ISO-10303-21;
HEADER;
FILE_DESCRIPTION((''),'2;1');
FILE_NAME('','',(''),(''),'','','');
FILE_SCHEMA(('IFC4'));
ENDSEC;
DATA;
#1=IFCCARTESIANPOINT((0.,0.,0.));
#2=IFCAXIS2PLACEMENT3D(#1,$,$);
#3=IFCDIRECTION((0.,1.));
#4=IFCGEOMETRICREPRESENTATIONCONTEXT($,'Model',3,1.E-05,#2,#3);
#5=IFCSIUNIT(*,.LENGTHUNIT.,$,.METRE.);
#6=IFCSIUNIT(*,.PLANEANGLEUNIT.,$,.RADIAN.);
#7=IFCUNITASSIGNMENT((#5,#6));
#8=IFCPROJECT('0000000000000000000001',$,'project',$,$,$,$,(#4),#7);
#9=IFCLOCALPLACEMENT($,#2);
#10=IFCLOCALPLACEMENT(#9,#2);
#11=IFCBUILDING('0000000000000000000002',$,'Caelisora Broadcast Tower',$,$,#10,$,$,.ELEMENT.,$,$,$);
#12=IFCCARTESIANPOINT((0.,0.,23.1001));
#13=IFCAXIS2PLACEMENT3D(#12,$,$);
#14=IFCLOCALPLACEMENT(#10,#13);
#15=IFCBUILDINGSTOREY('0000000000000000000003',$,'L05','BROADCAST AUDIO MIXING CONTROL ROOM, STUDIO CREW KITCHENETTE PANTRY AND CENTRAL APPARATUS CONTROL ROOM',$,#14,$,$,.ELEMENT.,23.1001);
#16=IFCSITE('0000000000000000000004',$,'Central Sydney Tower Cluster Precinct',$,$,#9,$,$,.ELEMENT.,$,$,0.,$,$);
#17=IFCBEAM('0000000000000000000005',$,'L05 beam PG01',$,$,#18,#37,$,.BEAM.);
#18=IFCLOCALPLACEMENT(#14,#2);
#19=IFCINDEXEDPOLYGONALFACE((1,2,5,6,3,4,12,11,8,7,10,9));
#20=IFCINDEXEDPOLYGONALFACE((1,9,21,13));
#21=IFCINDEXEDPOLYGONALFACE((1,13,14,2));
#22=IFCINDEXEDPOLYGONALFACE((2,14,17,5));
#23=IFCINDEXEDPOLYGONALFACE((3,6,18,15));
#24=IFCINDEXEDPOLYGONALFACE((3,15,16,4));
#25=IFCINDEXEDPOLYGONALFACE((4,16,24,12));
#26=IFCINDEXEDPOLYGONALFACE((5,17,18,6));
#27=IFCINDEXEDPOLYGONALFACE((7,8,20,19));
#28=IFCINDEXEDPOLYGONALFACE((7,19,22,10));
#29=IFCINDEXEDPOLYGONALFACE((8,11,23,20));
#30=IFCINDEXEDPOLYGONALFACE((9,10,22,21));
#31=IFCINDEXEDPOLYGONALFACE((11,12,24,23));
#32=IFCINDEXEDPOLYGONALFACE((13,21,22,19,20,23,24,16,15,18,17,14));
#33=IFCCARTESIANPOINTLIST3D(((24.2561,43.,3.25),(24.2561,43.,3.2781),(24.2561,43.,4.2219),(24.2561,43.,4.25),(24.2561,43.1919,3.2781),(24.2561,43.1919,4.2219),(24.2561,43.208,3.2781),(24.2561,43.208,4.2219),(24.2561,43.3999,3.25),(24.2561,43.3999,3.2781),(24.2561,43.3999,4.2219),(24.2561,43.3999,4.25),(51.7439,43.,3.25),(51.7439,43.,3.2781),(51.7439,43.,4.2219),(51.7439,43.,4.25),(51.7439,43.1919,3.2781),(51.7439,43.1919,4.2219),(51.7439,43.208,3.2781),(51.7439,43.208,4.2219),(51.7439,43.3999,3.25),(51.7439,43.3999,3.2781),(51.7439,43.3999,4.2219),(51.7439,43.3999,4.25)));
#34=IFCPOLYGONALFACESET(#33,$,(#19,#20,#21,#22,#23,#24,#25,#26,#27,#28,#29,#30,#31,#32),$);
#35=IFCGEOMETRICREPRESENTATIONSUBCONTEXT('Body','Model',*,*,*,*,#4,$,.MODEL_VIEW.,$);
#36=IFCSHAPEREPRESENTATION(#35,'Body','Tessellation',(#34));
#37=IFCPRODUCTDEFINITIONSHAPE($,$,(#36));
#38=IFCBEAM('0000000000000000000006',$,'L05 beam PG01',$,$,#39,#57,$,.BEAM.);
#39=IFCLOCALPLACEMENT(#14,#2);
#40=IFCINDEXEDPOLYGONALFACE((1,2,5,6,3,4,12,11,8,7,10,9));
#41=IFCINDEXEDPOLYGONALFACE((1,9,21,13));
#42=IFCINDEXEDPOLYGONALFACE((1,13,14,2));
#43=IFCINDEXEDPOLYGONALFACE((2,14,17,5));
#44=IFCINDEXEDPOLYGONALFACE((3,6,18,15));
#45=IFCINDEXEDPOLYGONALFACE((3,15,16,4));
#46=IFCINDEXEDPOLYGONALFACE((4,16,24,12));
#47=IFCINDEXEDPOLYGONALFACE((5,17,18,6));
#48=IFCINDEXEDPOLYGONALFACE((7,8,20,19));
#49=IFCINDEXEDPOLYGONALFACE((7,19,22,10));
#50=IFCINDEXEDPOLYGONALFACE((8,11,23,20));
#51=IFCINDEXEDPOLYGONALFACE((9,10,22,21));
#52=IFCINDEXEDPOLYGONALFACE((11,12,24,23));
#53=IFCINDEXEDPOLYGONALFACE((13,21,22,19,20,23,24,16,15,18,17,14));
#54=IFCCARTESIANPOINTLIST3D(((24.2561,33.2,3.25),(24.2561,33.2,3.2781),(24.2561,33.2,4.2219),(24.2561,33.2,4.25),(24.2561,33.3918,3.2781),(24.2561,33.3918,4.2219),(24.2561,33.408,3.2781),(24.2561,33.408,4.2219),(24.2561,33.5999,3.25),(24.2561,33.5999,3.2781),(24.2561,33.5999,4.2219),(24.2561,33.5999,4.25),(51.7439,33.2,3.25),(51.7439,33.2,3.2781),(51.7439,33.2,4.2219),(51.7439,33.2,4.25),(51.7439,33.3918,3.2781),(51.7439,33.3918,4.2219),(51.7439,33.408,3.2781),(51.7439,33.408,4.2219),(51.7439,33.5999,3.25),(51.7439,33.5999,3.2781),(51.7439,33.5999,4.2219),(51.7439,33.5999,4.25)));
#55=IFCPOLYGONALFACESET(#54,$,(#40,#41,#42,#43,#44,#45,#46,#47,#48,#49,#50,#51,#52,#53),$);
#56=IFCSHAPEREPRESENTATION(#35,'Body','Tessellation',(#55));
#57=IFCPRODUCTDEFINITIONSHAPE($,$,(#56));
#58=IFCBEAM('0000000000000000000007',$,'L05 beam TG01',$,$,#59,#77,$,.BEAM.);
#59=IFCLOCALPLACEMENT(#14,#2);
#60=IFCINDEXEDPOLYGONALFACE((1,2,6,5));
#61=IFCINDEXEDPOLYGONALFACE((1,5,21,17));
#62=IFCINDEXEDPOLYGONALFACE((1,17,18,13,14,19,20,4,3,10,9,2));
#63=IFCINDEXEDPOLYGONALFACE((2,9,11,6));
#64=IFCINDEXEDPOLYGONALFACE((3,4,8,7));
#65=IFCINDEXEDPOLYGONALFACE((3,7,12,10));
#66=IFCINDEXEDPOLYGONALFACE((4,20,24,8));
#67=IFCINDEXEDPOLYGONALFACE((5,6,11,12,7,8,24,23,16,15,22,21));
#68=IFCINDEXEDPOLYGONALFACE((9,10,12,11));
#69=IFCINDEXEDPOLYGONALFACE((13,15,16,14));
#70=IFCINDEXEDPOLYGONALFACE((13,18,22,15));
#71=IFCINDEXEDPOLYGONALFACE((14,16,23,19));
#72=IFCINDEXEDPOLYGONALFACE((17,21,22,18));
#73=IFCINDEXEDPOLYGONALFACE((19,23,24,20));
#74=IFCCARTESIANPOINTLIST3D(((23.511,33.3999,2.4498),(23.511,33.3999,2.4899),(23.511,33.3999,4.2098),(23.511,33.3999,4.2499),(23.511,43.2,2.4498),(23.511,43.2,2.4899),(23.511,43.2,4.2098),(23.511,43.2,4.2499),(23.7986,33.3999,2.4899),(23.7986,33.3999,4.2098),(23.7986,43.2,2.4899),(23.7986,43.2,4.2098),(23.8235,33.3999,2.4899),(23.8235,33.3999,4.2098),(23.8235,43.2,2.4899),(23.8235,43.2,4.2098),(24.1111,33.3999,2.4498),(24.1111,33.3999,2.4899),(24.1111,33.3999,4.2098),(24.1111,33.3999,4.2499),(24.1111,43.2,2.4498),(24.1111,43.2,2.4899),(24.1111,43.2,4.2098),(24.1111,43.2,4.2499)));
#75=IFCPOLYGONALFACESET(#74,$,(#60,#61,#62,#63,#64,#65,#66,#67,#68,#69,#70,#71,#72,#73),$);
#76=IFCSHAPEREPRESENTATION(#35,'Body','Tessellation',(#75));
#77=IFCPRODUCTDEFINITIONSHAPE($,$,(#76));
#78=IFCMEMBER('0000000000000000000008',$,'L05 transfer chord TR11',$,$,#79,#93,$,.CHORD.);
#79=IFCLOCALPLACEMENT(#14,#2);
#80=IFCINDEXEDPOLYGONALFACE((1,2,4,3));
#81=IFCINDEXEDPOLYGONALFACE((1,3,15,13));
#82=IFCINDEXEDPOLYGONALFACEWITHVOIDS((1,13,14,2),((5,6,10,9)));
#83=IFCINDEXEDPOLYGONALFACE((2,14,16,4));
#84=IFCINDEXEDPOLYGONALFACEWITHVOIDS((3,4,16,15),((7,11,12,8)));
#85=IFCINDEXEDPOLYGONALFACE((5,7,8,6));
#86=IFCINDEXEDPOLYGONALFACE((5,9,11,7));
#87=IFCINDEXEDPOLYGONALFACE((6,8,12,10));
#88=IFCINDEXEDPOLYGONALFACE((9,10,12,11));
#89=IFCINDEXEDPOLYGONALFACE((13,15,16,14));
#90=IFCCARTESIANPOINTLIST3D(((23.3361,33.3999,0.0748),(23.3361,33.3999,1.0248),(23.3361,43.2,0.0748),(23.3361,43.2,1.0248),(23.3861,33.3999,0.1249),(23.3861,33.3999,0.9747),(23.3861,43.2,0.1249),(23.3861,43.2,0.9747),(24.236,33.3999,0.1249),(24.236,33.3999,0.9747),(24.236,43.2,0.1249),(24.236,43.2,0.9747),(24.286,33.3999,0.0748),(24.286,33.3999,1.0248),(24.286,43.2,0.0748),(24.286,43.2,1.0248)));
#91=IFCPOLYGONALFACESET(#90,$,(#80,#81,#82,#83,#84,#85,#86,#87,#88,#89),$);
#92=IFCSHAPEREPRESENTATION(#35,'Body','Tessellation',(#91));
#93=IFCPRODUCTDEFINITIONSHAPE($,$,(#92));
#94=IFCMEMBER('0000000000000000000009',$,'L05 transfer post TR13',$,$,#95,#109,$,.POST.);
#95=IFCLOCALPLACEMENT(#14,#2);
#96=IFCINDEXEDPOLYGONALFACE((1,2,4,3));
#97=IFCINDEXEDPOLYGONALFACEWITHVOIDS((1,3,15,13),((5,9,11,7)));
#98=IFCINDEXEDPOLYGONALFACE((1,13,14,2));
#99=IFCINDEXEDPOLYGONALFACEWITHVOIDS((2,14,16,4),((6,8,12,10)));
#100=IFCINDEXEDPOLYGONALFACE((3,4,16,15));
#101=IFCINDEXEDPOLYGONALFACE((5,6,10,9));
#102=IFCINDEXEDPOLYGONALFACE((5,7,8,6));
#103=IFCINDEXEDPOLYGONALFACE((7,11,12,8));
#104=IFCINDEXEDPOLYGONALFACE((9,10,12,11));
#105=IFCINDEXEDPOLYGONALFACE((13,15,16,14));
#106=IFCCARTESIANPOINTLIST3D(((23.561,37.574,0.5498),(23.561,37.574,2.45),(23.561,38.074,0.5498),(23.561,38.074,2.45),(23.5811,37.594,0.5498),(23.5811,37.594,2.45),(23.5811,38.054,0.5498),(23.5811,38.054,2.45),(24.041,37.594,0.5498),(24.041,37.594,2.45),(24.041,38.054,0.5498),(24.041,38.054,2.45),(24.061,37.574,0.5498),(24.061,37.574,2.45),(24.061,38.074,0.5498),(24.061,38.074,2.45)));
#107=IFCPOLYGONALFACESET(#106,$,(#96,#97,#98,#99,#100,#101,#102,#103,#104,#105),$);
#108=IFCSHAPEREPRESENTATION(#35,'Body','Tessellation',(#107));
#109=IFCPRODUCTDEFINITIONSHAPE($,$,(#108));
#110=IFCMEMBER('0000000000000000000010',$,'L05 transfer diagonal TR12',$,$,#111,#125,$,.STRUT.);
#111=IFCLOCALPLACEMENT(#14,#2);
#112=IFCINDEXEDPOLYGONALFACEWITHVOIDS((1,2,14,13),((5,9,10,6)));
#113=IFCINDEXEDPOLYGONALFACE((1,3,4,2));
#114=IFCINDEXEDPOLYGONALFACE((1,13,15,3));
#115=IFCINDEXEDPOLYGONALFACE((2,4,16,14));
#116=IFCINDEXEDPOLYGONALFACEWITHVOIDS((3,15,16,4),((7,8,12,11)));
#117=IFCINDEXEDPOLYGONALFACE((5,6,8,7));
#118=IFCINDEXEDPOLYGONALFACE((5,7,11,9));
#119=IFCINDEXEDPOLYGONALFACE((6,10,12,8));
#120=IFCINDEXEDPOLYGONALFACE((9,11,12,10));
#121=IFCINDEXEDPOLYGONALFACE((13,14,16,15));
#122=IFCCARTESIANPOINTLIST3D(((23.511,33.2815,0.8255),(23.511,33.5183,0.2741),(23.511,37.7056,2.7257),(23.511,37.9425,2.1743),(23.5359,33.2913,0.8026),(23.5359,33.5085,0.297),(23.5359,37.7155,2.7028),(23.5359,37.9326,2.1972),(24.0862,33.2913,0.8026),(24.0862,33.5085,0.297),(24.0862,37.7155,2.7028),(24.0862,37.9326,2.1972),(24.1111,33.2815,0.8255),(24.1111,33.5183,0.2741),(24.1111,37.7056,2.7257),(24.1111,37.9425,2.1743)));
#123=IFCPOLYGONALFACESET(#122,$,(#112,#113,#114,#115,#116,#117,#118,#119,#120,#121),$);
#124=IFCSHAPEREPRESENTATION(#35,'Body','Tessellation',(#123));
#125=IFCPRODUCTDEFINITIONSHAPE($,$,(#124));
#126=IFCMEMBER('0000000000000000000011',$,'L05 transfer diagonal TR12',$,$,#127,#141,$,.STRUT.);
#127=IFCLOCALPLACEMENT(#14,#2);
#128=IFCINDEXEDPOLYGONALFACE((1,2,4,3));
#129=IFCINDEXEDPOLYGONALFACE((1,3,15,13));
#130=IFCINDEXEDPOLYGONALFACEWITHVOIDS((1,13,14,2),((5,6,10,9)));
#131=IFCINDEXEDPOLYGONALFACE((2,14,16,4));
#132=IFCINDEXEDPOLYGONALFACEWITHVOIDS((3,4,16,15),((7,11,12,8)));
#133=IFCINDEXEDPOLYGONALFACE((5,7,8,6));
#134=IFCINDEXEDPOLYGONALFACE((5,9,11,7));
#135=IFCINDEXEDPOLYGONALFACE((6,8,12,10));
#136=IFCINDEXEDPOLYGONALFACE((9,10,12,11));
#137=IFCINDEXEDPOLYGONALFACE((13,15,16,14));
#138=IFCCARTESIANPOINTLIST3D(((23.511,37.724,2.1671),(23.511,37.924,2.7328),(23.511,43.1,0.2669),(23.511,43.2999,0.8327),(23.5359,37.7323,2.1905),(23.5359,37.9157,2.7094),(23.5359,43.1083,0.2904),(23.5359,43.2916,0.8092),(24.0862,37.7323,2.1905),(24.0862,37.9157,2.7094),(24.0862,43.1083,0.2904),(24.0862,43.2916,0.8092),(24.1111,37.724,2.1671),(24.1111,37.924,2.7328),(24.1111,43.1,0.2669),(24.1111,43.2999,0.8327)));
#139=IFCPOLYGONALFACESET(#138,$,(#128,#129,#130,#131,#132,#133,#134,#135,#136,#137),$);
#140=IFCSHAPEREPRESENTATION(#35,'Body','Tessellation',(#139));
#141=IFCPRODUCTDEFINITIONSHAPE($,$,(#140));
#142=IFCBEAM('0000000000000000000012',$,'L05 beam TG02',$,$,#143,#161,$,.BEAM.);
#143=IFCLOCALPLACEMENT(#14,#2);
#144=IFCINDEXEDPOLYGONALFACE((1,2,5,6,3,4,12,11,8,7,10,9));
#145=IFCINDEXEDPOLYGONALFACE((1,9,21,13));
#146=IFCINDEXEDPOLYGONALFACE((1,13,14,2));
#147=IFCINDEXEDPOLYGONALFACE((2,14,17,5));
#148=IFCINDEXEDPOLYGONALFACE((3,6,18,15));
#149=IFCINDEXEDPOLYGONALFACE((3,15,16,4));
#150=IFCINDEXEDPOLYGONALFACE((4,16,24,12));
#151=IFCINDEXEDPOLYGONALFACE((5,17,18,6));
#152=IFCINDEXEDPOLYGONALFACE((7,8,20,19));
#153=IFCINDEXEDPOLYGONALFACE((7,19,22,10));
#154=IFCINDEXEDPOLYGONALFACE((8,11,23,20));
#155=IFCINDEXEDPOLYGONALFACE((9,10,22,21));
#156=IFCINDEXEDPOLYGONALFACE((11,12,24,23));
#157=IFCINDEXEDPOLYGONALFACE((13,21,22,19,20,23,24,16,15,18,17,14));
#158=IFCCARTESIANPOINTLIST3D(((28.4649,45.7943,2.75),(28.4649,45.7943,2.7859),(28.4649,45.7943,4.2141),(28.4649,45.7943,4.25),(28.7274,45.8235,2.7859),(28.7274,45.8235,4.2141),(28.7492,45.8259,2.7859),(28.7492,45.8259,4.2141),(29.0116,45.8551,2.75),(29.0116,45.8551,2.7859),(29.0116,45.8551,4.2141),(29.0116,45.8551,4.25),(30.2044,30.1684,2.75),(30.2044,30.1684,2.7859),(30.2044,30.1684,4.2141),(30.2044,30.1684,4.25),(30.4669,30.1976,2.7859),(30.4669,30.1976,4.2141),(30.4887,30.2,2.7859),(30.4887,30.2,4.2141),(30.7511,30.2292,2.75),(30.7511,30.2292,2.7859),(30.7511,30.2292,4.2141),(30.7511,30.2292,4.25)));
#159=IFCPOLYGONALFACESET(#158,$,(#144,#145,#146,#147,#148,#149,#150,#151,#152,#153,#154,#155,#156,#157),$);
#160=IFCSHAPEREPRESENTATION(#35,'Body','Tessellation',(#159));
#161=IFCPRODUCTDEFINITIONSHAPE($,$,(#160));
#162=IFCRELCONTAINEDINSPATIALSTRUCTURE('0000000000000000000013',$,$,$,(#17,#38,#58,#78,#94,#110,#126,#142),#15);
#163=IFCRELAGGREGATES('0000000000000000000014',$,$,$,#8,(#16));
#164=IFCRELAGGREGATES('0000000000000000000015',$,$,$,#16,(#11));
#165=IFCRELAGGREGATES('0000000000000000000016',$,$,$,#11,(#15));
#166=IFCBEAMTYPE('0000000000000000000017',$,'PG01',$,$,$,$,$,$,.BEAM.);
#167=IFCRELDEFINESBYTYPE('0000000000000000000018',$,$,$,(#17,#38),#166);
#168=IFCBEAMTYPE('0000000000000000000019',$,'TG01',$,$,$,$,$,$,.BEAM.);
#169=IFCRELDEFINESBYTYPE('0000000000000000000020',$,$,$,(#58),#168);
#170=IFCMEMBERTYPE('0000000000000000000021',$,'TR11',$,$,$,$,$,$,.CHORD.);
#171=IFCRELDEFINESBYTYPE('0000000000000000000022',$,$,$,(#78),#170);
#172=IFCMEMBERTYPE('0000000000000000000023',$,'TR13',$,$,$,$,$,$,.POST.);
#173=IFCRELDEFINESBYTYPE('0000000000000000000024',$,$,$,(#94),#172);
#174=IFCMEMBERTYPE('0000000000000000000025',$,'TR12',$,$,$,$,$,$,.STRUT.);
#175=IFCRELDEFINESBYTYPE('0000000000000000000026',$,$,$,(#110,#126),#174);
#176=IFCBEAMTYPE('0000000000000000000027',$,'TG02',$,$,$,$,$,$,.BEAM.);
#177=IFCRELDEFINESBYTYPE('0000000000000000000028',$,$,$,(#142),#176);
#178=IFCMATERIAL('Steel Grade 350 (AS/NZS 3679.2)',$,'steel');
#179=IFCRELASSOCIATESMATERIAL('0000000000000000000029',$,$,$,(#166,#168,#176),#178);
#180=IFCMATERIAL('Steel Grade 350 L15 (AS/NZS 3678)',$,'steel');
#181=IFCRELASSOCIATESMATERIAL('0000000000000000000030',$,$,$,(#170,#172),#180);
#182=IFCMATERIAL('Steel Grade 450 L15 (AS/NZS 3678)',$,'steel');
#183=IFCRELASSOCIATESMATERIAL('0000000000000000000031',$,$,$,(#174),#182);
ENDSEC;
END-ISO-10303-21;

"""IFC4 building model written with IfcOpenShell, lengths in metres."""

from ifc_helpers import new_model, si_unit, direction, frame, origin, origin_2d, place, context, subcontext, project, spatial, hollow_rectangle, i_section, extrude, source, transform, mapped, material, material_profile, profile_set, type_object, type_shapes, element, save


model = new_model("IFC4")

# Units and contexts
model_context = context("Model", 3, precision=1e-05, world=origin(), true_north=direction((0.0, 1.0)))
body_context = subcontext(model_context, "Body", "Model", "MODEL_VIEW")
ifc_project = project(units=[si_unit("LENGTHUNIT", "METRE"), si_unit("PLANEANGLEUNIT", "RADIAN")], contexts=[model_context])

# Site, building, storey
site_placement = place(None, origin())
site = spatial("IfcSite", under=ifc_project, at=site_placement, Name="Central Sydney Tower Cluster Precinct", CompositionType="ELEMENT", RefElevation=0.0)
building_placement = place(site_placement, origin())
building = spatial("IfcBuilding", under=site, at=building_placement, Name="Caelisora Broadcast Tower", CompositionType="ELEMENT")
storey_placement = place(building_placement, frame((0.0, 0.0, 23.1001)))
storey = spatial("IfcBuildingStorey", under=building, at=storey_placement, Name="L05", Description="BROADCAST AUDIO MIXING CONTROL ROOM, STUDIO CREW KITCHENETTE PANTRY AND CENTRAL APPARATUS CONTROL ROOM", CompositionType="ELEMENT", Elevation=23.1001)

# Shared definitions
ifc_material_1 = material(Name="Steel Grade 350 (AS/NZS 3679.2)", Category="steel")
ifc_material_2 = material(Name="Steel Grade 350 L15 (AS/NZS 3678)", Category="steel")

# Beams
ifc_material_profile_1 = material_profile(ifc_material_1, i_section(OverallWidth=0.3999, OverallDepth=1.0, WebThickness=0.0161, FlangeThickness=0.0281, at=origin_2d()), Name="Steel Grade 350 (AS/NZS 3679.2)")
ifc_profile_set_1 = profile_set([ifc_material_profile_1], Name="Steel Grade 350 (AS/NZS 3679.2)")
beam_type_1 = type_object("IfcBeamType", Name="PG01", PredefinedType="BEAM", material=ifc_profile_set_1)
shared_shape_1 = source(origin(), body_context, "Body", "SweptSolid", [
    extrude(i_section(OverallWidth=0.3999, OverallDepth=1.0, WebThickness=0.0161, FlangeThickness=0.0281, at=origin_2d()), origin(), (0.0, 0.0, 1.0), 27.4878),
])
for number, where, z_axis, x_axis, name in (
    (1, (24.2561, 43.2, 3.75), (1.0, 0.0, 0.0), (0.0, 1.0, 0.0), "L05 beam PG01"),
    (2, (24.2561, 33.3999, 3.75), (1.0, 0.0, 0.0), (0.0, 1.0, 0.0), "L05 beam PG01"),
):
    element("IfcBeam", number, at=place(storey_placement, frame(where, z_axis=z_axis, x_axis=x_axis)), inside=storey, type_object=beam_type_1, Name=name, PredefinedType="BEAM", context=body_context, shape_type="MappedRepresentation", body=[
        mapped(shared_shape_1, transform((0.0, 0.0, 0.0), scale=1.0)),
    ])
ifc_material_profile_2 = material_profile(ifc_material_1, i_section(OverallWidth=0.6001, OverallDepth=1.8, WebThickness=0.0249, FlangeThickness=0.04, at=origin_2d()), Name="Steel Grade 350 (AS/NZS 3679.2)")
ifc_profile_set_2 = profile_set([ifc_material_profile_2], Name="Steel Grade 350 (AS/NZS 3679.2)")
beam_type_2 = type_object("IfcBeamType", Name="TG01", PredefinedType="BEAM", material=ifc_profile_set_2)
shared_shape_2 = source(origin(), body_context, "Body", "SweptSolid", [
    extrude(i_section(OverallWidth=0.6001, OverallDepth=1.8, WebThickness=0.0249, FlangeThickness=0.04, at=origin_2d()), origin(), (0.0, 0.0, 1.0), 9.8),
])
type_shapes(beam_type_2, [shared_shape_2])
beam_1_placement = place(storey_placement, frame((23.811, 33.3999, 3.3499), z_axis=(0.0, 1.0, 0.0), x_axis=(-1.0, 0.0, 0.0)))
element("IfcBeam", 3, at=beam_1_placement, inside=storey, type_object=beam_type_2, Name="L05 beam TG01", PredefinedType="BEAM", context=body_context, shape_type="MappedRepresentation", body=[
    mapped(shared_shape_2, transform((0.0, 0.0, 0.0), scale=1.0)),
])

# Members
ifc_material_profile_3 = material_profile(ifc_material_2, hollow_rectangle(XDim=0.95, YDim=0.95, WallThickness=0.05, at=origin_2d()), Name="Steel Grade 350 L15 (AS/NZS 3678)")
ifc_profile_set_3 = profile_set([ifc_material_profile_3], Name="Steel Grade 350 L15 (AS/NZS 3678)")
member_type_1 = type_object("IfcMemberType", Name="TR11", PredefinedType="CHORD", material=ifc_profile_set_3)
shared_shape_3 = source(origin(), body_context, "Body", "SweptSolid", [
    extrude(hollow_rectangle(XDim=0.95, YDim=0.95, WallThickness=0.05, at=origin_2d()), origin(), (0.0, 0.0, 1.0), 9.8),
])
type_shapes(member_type_1, [shared_shape_3])
member_1_placement = place(storey_placement, frame((23.811, 33.3999, 0.5498), z_axis=(0.0, 1.0, 0.0), x_axis=(-1.0, 0.0, 0.0)))
element("IfcMember", 4, at=member_1_placement, inside=storey, type_object=member_type_1, Name="L05 transfer chord TR11", PredefinedType="CHORD", context=body_context, shape_type="MappedRepresentation", body=[
    mapped(shared_shape_3, transform((0.0, 0.0, 0.0), scale=1.0)),
])
ifc_material_profile_4 = material_profile(ifc_material_2, hollow_rectangle(XDim=0.5, YDim=0.5, WallThickness=0.02, at=origin_2d()), Name="Steel Grade 350 L15 (AS/NZS 3678)")
ifc_profile_set_4 = profile_set([ifc_material_profile_4], Name="Steel Grade 350 L15 (AS/NZS 3678)")
member_type_2 = type_object("IfcMemberType", Name="TR13", PredefinedType="POST", material=ifc_profile_set_4)
shared_shape_4 = source(origin(), body_context, "Body", "SweptSolid", [
    extrude(hollow_rectangle(XDim=0.5, YDim=0.5, WallThickness=0.02, at=origin_2d()), origin(), (0.0, 0.0, 1.0), 1.9001),
])
type_shapes(member_type_2, [shared_shape_4])
member_2_placement = place(storey_placement, frame((23.811, 37.824, 0.5498), z_axis=(0.0, 0.0, 1.0), x_axis=(1.0, 0.0, 0.0)))
element("IfcMember", 5, at=member_2_placement, inside=storey, type_object=member_type_2, Name="L05 transfer post TR13", PredefinedType="POST", context=body_context, shape_type="MappedRepresentation", body=[
    mapped(shared_shape_4, transform((0.0, 0.0, 0.0), scale=1.0)),
])
ifc_material_3 = material(Name="Steel Grade 450 L15 (AS/NZS 3678)", Category="steel")
ifc_material_profile_5 = material_profile(ifc_material_3, hollow_rectangle(XDim=0.6001, YDim=0.6001, WallThickness=0.0249, at=origin_2d()), Name="Steel Grade 450 L15 (AS/NZS 3678)")
ifc_profile_set_5 = profile_set([ifc_material_profile_5], Name="Steel Grade 450 L15 (AS/NZS 3678)")
member_type_3 = type_object("IfcMemberType", Name="TR12", PredefinedType="STRUT", material=ifc_profile_set_5)
shared_shape_5 = source(origin(), body_context, "Body", "SweptSolid", [
    extrude(hollow_rectangle(XDim=0.6001, YDim=0.6001, WallThickness=0.0249, at=origin_2d()), origin(), (0.0, 0.0, 1.0), 4.8149),
])
member_3_placement = place(storey_placement, frame((23.811, 33.3999, 0.5498), z_axis=(0.0, 0.918835, 0.394641), x_axis=(-1.0, 0.0, 0.0)))
element("IfcMember", 6, at=member_3_placement, inside=storey, type_object=member_type_3, Name="L05 transfer diagonal TR12", PredefinedType="STRUT", context=body_context, shape_type="MappedRepresentation", body=[
    mapped(shared_shape_5, transform((0.0, 0.0, 0.0), scale=1.0)),
])
shared_shape_6 = source(origin(), body_context, "Body", "SweptSolid", [
    extrude(hollow_rectangle(XDim=0.6001, YDim=0.6001, WallThickness=0.0249, at=origin_2d()), origin(), (0.0, 0.0, 1.0), 5.7019),
])
type_shapes(member_type_3, [shared_shape_5, shared_shape_6])
member_4_placement = place(storey_placement, frame((23.811, 43.2, 0.5498), z_axis=(0.0, -0.942839, 0.333248), x_axis=(1.0, 0.0, 0.0)))
element("IfcMember", 7, at=member_4_placement, inside=storey, type_object=member_type_3, Name="L05 transfer diagonal TR12", PredefinedType="STRUT", context=body_context, shape_type="MappedRepresentation", body=[
    mapped(shared_shape_6, transform((0.0, 0.0, 0.0), scale=1.0)),
])

# Beam
ifc_material_profile_6 = material_profile(ifc_material_1, i_section(OverallWidth=0.55, OverallDepth=1.5, WebThickness=0.022, FlangeThickness=0.0359, at=origin_2d()), Name="Steel Grade 350 (AS/NZS 3679.2)")
ifc_profile_set_6 = profile_set([ifc_material_profile_6], Name="Steel Grade 350 (AS/NZS 3679.2)")
beam_type_3 = type_object("IfcBeamType", Name="TG02", PredefinedType="BEAM", material=ifc_profile_set_6)
shared_shape_7 = source(origin(), body_context, "Body", "SweptSolid", [
    extrude(i_section(OverallWidth=0.55, OverallDepth=1.5, WebThickness=0.022, FlangeThickness=0.0359, at=origin_2d()), origin(), (0.0, 0.0, 1.0), 15.7224),
])
type_shapes(beam_type_3, [shared_shape_7])
beam_2_placement = place(storey_placement, frame((28.7383, 45.8247, 3.5), z_axis=(0.110638, -0.993861, 0.0), x_axis=(0.993861, 0.110638, 0.0)))
element("IfcBeam", 8, at=beam_2_placement, inside=storey, type_object=beam_type_3, Name="L05 beam TG02", PredefinedType="BEAM", context=body_context, shape_type="MappedRepresentation", body=[
    mapped(shared_shape_7, transform((0.0, 0.0, 0.0), scale=1.0)),
])

save(model, "model.ifc")
